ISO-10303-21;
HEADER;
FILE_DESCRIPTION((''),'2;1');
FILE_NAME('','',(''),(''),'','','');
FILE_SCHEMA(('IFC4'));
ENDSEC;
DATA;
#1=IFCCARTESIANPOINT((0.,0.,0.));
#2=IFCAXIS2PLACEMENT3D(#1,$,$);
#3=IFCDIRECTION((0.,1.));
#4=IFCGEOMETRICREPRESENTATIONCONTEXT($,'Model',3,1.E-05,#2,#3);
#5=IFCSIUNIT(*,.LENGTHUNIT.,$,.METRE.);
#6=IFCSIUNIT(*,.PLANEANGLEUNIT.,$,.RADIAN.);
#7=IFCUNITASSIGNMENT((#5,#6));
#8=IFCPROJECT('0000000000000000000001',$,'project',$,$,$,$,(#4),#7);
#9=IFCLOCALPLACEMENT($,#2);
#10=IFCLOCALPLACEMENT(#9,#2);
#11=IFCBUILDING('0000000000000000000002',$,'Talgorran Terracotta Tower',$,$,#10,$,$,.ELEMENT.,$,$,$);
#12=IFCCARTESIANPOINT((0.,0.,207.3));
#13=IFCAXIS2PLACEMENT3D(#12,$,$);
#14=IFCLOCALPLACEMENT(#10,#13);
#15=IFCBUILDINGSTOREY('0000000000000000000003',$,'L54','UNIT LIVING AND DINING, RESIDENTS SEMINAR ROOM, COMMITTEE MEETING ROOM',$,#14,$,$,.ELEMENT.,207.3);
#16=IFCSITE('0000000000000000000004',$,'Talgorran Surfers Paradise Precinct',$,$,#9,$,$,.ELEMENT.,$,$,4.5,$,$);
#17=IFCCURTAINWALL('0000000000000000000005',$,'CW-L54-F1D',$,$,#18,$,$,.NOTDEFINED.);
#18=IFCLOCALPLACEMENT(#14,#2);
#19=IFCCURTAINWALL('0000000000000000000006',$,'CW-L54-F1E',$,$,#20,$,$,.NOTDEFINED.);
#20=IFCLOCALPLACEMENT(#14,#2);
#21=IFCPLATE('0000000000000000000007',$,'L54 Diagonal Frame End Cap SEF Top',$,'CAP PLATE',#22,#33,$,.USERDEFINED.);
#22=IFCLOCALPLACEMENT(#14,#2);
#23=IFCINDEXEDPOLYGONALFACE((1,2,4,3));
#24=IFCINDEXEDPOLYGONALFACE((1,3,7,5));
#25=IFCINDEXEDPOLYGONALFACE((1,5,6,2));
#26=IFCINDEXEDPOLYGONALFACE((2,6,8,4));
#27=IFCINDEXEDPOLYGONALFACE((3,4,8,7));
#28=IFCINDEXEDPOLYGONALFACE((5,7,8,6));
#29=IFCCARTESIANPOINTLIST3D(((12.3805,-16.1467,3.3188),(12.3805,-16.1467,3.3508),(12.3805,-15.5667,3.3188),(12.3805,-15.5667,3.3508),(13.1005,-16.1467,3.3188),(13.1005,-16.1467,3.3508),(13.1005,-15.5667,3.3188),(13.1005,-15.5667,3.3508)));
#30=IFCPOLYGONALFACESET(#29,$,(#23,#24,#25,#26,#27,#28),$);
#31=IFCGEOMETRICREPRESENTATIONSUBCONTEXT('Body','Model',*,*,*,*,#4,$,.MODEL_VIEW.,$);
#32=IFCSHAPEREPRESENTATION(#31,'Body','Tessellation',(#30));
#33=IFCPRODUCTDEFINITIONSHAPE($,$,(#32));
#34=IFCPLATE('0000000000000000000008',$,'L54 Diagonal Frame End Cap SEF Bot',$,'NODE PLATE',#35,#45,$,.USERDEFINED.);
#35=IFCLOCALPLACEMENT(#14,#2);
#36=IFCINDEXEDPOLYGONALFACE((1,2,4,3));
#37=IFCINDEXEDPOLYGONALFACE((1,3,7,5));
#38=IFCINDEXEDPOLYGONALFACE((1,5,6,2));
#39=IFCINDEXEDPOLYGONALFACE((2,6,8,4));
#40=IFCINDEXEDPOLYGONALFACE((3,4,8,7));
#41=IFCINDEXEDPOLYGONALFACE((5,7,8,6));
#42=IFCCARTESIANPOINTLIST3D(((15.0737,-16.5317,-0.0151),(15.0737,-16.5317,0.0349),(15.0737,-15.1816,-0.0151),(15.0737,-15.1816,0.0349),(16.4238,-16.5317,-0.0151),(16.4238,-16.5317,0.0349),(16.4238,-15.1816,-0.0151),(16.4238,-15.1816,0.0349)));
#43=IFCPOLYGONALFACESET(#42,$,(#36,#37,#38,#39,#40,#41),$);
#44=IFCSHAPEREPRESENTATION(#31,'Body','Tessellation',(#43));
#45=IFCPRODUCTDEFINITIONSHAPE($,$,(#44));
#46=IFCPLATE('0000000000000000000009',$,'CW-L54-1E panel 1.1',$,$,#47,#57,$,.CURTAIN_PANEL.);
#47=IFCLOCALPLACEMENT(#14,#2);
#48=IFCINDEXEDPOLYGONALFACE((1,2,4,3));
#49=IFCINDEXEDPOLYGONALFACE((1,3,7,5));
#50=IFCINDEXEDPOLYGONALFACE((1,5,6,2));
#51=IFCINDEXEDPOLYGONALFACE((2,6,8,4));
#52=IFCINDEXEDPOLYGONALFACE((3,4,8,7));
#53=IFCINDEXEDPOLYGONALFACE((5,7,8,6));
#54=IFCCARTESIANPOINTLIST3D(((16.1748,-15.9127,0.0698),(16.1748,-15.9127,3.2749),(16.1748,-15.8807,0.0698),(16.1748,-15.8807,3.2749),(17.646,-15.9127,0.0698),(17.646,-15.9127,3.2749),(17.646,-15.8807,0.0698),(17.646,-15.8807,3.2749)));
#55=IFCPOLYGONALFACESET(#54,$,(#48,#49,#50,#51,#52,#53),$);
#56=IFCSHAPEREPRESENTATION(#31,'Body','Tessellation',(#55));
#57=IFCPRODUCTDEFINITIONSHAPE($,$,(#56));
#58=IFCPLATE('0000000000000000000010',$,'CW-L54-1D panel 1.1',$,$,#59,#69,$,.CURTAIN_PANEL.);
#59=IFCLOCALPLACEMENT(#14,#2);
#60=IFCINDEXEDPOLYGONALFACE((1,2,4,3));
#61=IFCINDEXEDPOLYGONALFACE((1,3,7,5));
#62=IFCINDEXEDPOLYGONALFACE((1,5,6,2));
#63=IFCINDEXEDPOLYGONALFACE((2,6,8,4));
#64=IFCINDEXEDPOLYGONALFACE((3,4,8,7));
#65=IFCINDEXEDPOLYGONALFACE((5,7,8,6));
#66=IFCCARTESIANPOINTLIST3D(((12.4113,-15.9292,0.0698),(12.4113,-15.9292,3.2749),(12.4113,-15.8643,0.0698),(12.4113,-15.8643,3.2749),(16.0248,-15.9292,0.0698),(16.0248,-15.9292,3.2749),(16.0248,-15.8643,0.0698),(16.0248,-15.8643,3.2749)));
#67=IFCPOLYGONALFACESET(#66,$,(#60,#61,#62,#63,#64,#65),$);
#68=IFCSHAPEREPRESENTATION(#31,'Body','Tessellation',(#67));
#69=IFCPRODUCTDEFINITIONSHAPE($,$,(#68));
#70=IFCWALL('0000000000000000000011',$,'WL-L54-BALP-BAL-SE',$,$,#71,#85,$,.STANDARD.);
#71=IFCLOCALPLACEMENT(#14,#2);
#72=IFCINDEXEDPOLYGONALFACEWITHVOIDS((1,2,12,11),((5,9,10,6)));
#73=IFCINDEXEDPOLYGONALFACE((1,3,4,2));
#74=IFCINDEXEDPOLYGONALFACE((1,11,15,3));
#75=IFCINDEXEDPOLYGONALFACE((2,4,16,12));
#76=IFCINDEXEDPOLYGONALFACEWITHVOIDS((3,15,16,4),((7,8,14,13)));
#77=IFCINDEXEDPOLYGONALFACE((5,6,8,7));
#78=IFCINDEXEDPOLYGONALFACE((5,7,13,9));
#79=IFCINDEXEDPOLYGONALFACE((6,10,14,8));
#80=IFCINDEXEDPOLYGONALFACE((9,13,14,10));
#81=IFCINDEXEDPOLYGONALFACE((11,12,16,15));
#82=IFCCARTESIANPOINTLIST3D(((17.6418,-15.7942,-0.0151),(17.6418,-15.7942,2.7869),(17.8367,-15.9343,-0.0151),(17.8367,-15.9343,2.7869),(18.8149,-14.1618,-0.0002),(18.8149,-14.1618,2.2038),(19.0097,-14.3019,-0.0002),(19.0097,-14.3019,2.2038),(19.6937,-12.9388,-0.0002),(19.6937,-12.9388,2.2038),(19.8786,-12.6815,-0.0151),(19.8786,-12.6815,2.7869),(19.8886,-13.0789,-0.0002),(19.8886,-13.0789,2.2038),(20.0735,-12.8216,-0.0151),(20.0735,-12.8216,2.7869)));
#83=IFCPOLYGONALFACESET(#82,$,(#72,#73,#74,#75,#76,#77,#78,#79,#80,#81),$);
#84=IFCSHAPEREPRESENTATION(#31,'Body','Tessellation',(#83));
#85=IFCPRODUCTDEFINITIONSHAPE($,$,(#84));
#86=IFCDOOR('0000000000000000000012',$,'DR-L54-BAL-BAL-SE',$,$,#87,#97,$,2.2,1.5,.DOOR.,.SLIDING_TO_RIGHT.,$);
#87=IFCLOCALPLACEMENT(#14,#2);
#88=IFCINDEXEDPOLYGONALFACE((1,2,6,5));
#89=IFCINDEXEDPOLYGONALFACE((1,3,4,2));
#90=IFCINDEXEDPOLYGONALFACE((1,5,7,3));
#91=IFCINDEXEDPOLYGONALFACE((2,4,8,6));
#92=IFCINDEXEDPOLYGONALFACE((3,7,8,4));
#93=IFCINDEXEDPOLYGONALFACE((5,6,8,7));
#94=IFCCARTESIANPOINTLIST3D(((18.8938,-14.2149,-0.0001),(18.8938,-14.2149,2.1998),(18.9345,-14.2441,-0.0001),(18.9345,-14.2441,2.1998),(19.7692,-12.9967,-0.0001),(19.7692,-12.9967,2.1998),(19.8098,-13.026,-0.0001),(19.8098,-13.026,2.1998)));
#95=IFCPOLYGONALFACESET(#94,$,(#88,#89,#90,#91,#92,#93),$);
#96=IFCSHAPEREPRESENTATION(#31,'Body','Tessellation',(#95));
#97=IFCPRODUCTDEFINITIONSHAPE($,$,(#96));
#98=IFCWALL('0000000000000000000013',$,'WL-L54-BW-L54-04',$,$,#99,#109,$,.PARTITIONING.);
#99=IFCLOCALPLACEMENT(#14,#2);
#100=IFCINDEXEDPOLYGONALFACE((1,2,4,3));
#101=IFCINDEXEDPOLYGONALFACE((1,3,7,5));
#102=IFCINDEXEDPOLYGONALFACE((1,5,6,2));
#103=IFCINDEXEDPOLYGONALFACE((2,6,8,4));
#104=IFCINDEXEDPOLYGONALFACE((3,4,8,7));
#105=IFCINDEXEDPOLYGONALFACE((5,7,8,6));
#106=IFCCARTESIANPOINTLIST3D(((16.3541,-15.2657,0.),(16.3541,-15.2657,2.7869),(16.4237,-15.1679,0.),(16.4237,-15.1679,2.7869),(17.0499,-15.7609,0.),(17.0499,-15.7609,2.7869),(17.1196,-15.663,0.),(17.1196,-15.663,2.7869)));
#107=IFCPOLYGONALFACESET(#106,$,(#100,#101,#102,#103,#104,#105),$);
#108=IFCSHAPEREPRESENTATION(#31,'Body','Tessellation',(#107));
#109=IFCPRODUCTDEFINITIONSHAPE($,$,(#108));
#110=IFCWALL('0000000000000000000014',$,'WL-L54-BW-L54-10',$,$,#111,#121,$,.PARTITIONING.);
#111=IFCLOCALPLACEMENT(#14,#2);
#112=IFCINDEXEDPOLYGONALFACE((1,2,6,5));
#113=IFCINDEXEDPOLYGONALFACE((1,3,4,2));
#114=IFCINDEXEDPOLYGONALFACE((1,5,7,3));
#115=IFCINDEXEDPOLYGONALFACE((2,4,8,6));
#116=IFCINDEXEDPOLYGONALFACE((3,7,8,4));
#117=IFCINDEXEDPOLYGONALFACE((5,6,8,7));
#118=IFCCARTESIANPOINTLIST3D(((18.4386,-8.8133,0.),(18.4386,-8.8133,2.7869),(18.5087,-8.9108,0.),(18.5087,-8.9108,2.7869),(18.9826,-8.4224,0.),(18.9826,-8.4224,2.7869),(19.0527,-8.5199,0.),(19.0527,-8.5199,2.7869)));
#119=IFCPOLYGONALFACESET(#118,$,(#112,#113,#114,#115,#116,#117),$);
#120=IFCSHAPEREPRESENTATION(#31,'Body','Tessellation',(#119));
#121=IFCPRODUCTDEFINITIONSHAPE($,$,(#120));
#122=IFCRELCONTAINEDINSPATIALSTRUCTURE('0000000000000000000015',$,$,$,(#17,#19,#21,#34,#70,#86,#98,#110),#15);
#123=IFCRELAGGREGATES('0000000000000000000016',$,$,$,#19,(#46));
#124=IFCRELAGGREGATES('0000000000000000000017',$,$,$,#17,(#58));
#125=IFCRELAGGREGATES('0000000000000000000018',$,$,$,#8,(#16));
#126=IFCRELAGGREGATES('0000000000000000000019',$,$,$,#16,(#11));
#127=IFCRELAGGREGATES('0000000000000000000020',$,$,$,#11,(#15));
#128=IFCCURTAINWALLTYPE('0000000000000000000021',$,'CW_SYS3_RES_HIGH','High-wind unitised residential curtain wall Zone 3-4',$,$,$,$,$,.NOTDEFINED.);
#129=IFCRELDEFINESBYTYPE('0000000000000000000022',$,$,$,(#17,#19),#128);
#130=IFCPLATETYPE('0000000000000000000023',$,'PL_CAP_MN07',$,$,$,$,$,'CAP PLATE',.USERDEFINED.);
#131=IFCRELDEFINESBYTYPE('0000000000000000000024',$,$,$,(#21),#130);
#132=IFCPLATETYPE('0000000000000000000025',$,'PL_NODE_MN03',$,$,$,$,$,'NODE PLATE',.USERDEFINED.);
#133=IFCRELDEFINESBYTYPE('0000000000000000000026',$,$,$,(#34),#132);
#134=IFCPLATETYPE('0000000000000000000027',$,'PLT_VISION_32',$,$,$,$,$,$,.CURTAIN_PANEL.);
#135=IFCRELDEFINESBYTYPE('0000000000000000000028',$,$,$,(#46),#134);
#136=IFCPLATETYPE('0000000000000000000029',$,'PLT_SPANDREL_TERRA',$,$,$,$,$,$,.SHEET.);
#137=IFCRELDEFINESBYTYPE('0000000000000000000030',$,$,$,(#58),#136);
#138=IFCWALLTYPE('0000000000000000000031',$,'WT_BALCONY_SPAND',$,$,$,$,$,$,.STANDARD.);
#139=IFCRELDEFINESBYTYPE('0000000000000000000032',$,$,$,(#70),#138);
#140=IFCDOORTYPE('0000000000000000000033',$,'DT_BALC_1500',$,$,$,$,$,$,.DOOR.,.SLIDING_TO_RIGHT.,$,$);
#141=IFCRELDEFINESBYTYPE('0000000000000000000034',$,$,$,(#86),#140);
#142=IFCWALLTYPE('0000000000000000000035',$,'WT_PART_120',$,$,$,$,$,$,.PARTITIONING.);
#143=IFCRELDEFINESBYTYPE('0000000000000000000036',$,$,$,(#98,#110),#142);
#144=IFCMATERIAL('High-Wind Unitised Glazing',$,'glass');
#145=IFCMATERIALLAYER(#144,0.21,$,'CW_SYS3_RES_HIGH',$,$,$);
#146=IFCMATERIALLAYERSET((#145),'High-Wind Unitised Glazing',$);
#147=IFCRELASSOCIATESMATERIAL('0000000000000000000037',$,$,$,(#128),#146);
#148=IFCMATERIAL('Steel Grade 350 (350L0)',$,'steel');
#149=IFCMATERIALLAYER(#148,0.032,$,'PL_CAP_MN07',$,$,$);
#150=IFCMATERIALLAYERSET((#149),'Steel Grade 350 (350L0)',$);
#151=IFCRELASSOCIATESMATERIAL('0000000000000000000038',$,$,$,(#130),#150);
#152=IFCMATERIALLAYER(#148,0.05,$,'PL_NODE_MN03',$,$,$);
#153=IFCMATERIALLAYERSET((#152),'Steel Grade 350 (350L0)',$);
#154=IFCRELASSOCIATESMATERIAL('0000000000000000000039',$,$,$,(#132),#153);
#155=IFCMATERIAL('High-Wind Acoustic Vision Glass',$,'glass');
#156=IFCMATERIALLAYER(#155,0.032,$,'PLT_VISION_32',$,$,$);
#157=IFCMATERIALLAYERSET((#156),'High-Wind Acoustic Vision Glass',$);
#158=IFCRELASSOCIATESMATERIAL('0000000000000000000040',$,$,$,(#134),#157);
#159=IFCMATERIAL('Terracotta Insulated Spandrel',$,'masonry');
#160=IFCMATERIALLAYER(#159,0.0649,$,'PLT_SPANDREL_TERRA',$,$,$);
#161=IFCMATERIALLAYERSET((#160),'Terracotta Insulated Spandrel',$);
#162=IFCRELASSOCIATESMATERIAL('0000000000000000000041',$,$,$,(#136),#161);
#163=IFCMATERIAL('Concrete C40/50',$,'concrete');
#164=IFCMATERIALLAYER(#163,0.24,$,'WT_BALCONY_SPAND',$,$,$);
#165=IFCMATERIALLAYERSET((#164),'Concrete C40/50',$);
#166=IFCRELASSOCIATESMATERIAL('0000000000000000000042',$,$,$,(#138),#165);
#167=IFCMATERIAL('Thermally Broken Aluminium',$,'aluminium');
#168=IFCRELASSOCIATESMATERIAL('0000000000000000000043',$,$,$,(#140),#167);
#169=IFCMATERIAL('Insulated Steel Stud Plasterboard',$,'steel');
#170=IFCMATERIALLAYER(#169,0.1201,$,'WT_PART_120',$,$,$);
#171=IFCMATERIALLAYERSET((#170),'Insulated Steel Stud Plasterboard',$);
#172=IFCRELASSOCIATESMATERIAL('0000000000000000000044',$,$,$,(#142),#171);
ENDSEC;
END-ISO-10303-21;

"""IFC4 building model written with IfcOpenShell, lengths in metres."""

from ifc_helpers import new_model, si_unit, direction, frame, frame_2d, origin, origin_2d, place, context, subcontext, project, spatial, rectangle, extrude, source, transform, mapped, material, layer, layer_set, type_object, type_shapes, element, fill, aggregate, save


model = new_model("IFC4")

# Units and contexts
model_context = context("Model", 3, precision=1e-05, world=origin(), true_north=direction((0.0, 1.0)))
body_context = subcontext(model_context, "Body", "Model", "MODEL_VIEW")
ifc_project = project(units=[si_unit("LENGTHUNIT", "METRE"), si_unit("PLANEANGLEUNIT", "RADIAN")], contexts=[model_context])

# Site, building, storey
site_placement = place(None, origin())
site = spatial("IfcSite", under=ifc_project, at=site_placement, Name="Talgorran Surfers Paradise Precinct", CompositionType="ELEMENT", RefElevation=4.5)
building_placement = place(site_placement, origin())
building = spatial("IfcBuilding", under=site, at=building_placement, Name="Talgorran Terracotta Tower", CompositionType="ELEMENT")
storey_placement = place(building_placement, frame((0.0, 0.0, 207.3)))
storey = spatial("IfcBuildingStorey", under=building, at=storey_placement, Name="L54", Description="UNIT LIVING AND DINING, RESIDENTS SEMINAR ROOM, COMMITTEE MEETING ROOM", CompositionType="ELEMENT", Elevation=207.3)

# Shared definitions
ifc_material_1 = material(Name="Steel Grade 350 (350L0)", Category="steel")

# Curtain wall
ifc_material_2 = material(Name="High-Wind Unitised Glazing", Category="glass")
ifc_layer_1 = layer(ifc_material_2, 0.21, Name="CW_SYS3_RES_HIGH")
ifc_layer_set_1 = layer_set([ifc_layer_1], Name="High-Wind Unitised Glazing")
curtain_wall_type = type_object("IfcCurtainWallType", Name="CW_SYS3_RES_HIGH", Description="High-wind unitised residential curtain wall Zone 3-4", PredefinedType="NOTDEFINED", material=ifc_layer_set_1)
curtain_wall_1_placement = place(storey_placement, origin())
curtain_wall_1 = element("IfcCurtainWall", 1, at=curtain_wall_1_placement, inside=storey, type_object=curtain_wall_type, Name="CW-L54-F1D", PredefinedType="NOTDEFINED")

# Curtain wall
curtain_wall_2_placement = place(storey_placement, origin())
curtain_wall_2 = element("IfcCurtainWall", 2, at=curtain_wall_2_placement, inside=storey, type_object=curtain_wall_type, Name="CW-L54-F1E", PredefinedType="NOTDEFINED")

# Plates
ifc_layer_2 = layer(ifc_material_1, 0.032, Name="PL_CAP_MN07")
ifc_layer_set_2 = layer_set([ifc_layer_2], Name="Steel Grade 350 (350L0)")
plate_type_1 = type_object("IfcPlateType", Name="PL_CAP_MN07", ElementType="CAP PLATE", PredefinedType="USERDEFINED", material=ifc_layer_set_2)
plate_1_placement = place(storey_placement, frame((12.7405, -15.8567, 3.3188), z_axis=(0.0, 0.0, 1.0), x_axis=(-1.0, 0.0, 0.0)))
element("IfcPlate", 3, at=plate_1_placement, inside=storey, type_object=plate_type_1, Name="L54 Diagonal Frame End Cap SEF Top", ObjectType="CAP PLATE", PredefinedType="USERDEFINED", context=body_context, shape_type="SweptSolid", body=[
    extrude(rectangle(XDim=0.72, YDim=0.5801, at=origin_2d()), origin(), (0.0, 0.0, 1.0), 0.032),
])
ifc_layer_3 = layer(ifc_material_1, 0.05, Name="PL_NODE_MN03")
ifc_layer_set_3 = layer_set([ifc_layer_3], Name="Steel Grade 350 (350L0)")
plate_type_2 = type_object("IfcPlateType", Name="PL_NODE_MN03", ElementType="NODE PLATE", PredefinedType="USERDEFINED", material=ifc_layer_set_3)
plate_2_placement = place(storey_placement, frame((15.7488, -15.8567, -0.0151), z_axis=(0.0, 0.0, 1.0), x_axis=(-1.0, 0.0, 0.0)))
element("IfcPlate", 4, at=plate_2_placement, inside=storey, type_object=plate_type_2, Name="L54 Diagonal Frame End Cap SEF Bot", ObjectType="NODE PLATE", PredefinedType="USERDEFINED", context=body_context, shape_type="SweptSolid", body=[
    extrude(rectangle(XDim=1.3501, YDim=1.3501, at=origin_2d()), origin(), (0.0, 0.0, 1.0), 0.05),
])

# Plates
ifc_material_3 = material(Name="High-Wind Acoustic Vision Glass", Category="glass")
ifc_layer_4 = layer(ifc_material_3, 0.032, Name="PLT_VISION_32")
ifc_layer_set_4 = layer_set([ifc_layer_4], Name="High-Wind Acoustic Vision Glass")
plate_type_3 = type_object("IfcPlateType", Name="PLT_VISION_32", PredefinedType="CURTAIN_PANEL", material=ifc_layer_set_4)
shared_shape_1 = source(origin(), body_context, "Body", "SweptSolid", [
    extrude(rectangle(XDim=1.4712, YDim=0.032, at=origin_2d()), origin(), (0.0, 0.0, 1.0), 3.2051),
])
type_shapes(plate_type_3, [shared_shape_1])
plate_3_placement = place(storey_placement, frame((16.9104, -15.8967, 0.0698), z_axis=(0.0, 0.0, 1.0), x_axis=(1.0, 0.0, 0.0)))
plate_3 = element("IfcPlate", 5, at=plate_3_placement, type_object=plate_type_3, Name="CW-L54-1E panel 1.1", PredefinedType="CURTAIN_PANEL", context=body_context, shape_type="MappedRepresentation", body=[
    mapped(shared_shape_1, transform((0.0, 0.0, 0.0), scale=1.0)),
])
aggregate(curtain_wall_2, [plate_3])
ifc_material_4 = material(Name="Terracotta Insulated Spandrel", Category="masonry")
ifc_layer_5 = layer(ifc_material_4, 0.0649, Name="PLT_SPANDREL_TERRA")
ifc_layer_set_5 = layer_set([ifc_layer_5], Name="Terracotta Insulated Spandrel")
plate_type_4 = type_object("IfcPlateType", Name="PLT_SPANDREL_TERRA", PredefinedType="SHEET", material=ifc_layer_set_5)
shared_shape_2 = source(origin(), body_context, "Body", "SweptSolid", [
    extrude(rectangle(XDim=3.6135, YDim=0.0649, at=origin_2d()), origin(), (0.0, 0.0, 1.0), 3.2051),
])
type_shapes(plate_type_4, [shared_shape_2])
plate_4_placement = place(storey_placement, frame((14.218, -15.8967, 0.0698), z_axis=(0.0, 0.0, 1.0), x_axis=(1.0, 0.0, 0.0)))
plate_4 = element("IfcPlate", 6, at=plate_4_placement, type_object=plate_type_4, Name="CW-L54-1D panel 1.1", PredefinedType="CURTAIN_PANEL", context=body_context, shape_type="MappedRepresentation", body=[
    mapped(shared_shape_2, transform((0.0, 0.0, 0.0), scale=1.0)),
])
aggregate(curtain_wall_1, [plate_4])

# Wall, opening, door
ifc_material_5 = material(Name="Concrete C40/50", Category="concrete")
ifc_layer_6 = layer(ifc_material_5, 0.24, Name="WT_BALCONY_SPAND")
ifc_layer_set_6 = layer_set([ifc_layer_6], Name="Concrete C40/50")
wall_type_1 = type_object("IfcWallType", Name="WT_BALCONY_SPAND", PredefinedType="STANDARD", material=ifc_layer_set_6)
wall_1_placement = place(storey_placement, frame((17.7393, -15.8643, -0.0151), z_axis=(0.0, 0.0, 1.0), x_axis=(0.583549, 0.812078, 0.0)))
wall_1 = element("IfcWall", 7, at=wall_1_placement, inside=storey, type_object=wall_type_1, Name="WL-L54-BALP-BAL-SE", PredefinedType="STANDARD", context=body_context, shape_type="SweptSolid", body=[
    extrude(rectangle(XDim=3.833, YDim=0.24, at=frame_2d((1.9165, 0.0))), origin(), (0.0, 0.0, 1.0), 2.802),
])
opening_placement = place(wall_1_placement, frame((2.0132, 0.0, 0.0149)))
opening = element("IfcOpeningElement", 8, at=opening_placement, cuts=wall_1, PredefinedType="OPENING", context=body_context, shape_type="SweptSolid", body=[
    extrude(rectangle(XDim=1.506, YDim=2.204, at=frame_2d((0.75, 1.1021))), frame((0.0, 0.1299, 0.0), z_axis=(0.0, -1.0, 0.0), x_axis=(1.0, 0.0, 0.0)), (0.0, 0.0, 1.0), 0.26),
])
ifc_material_6 = material(Name="Thermally Broken Aluminium", Category="aluminium")
door_type = type_object("IfcDoorType", Name="DT_BALC_1500", OperationType="SLIDING_TO_RIGHT", PredefinedType="DOOR", material=ifc_material_6)
door_placement = place(opening_placement, origin())
door = element("IfcDoor", 9, at=door_placement, inside=storey, type_object=door_type, Name="DR-L54-BAL-BAL-SE", OperationType="SLIDING_TO_RIGHT", OverallHeight=2.2, OverallWidth=1.5, PredefinedType="DOOR", context=body_context, shape_type="SweptSolid", body=[
    extrude(rectangle(XDim=1.5, YDim=2.2, at=frame_2d((0.75, 1.1001))), frame((0.0, 0.0249, 0.0), z_axis=(0.0, -1.0, 0.0), x_axis=(1.0, 0.0, 0.0)), (0.0, 0.0, 1.0), 0.05),
])
fill(opening, door)

# Walls
ifc_material_7 = material(Name="Insulated Steel Stud Plasterboard", Category="steel")
ifc_layer_7 = layer(ifc_material_7, 0.1201, Name="WT_PART_120")
ifc_layer_set_7 = layer_set([ifc_layer_7], Name="Insulated Steel Stud Plasterboard")
wall_type_2 = type_object("IfcWallType", Name="WT_PART_120", PredefinedType="PARTITIONING", material=ifc_layer_set_7)
wall_2_placement = place(storey_placement, frame((16.3889, -15.2168, 0.0), z_axis=(0.0, 0.0, 1.0), x_axis=(0.814775, -0.579777, 0.0)))
element("IfcWall", 10, at=wall_2_placement, inside=storey, type_object=wall_type_2, Name="WL-L54-BW-L54-04", PredefinedType="PARTITIONING", context=body_context, shape_type="SweptSolid", body=[
    extrude(rectangle(XDim=0.854, YDim=0.1201, at=frame_2d((0.427, 0.0))), origin(), (0.0, 0.0, 1.0), 2.7869),
])
wall_3_placement = place(storey_placement, frame((18.4736, -8.8621, 0.0), z_axis=(0.0, 0.0, 1.0), x_axis=(0.81208, 0.583546, 0.0)))
element("IfcWall", 11, at=wall_3_placement, inside=storey, type_object=wall_type_2, Name="WL-L54-BW-L54-10", PredefinedType="PARTITIONING", context=body_context, shape_type="SweptSolid", body=[
    extrude(rectangle(XDim=0.6699, YDim=0.1201, at=frame_2d((0.335, 0.0))), origin(), (0.0, 0.0, 1.0), 2.7869),
])

save(model, "model.ifc")
